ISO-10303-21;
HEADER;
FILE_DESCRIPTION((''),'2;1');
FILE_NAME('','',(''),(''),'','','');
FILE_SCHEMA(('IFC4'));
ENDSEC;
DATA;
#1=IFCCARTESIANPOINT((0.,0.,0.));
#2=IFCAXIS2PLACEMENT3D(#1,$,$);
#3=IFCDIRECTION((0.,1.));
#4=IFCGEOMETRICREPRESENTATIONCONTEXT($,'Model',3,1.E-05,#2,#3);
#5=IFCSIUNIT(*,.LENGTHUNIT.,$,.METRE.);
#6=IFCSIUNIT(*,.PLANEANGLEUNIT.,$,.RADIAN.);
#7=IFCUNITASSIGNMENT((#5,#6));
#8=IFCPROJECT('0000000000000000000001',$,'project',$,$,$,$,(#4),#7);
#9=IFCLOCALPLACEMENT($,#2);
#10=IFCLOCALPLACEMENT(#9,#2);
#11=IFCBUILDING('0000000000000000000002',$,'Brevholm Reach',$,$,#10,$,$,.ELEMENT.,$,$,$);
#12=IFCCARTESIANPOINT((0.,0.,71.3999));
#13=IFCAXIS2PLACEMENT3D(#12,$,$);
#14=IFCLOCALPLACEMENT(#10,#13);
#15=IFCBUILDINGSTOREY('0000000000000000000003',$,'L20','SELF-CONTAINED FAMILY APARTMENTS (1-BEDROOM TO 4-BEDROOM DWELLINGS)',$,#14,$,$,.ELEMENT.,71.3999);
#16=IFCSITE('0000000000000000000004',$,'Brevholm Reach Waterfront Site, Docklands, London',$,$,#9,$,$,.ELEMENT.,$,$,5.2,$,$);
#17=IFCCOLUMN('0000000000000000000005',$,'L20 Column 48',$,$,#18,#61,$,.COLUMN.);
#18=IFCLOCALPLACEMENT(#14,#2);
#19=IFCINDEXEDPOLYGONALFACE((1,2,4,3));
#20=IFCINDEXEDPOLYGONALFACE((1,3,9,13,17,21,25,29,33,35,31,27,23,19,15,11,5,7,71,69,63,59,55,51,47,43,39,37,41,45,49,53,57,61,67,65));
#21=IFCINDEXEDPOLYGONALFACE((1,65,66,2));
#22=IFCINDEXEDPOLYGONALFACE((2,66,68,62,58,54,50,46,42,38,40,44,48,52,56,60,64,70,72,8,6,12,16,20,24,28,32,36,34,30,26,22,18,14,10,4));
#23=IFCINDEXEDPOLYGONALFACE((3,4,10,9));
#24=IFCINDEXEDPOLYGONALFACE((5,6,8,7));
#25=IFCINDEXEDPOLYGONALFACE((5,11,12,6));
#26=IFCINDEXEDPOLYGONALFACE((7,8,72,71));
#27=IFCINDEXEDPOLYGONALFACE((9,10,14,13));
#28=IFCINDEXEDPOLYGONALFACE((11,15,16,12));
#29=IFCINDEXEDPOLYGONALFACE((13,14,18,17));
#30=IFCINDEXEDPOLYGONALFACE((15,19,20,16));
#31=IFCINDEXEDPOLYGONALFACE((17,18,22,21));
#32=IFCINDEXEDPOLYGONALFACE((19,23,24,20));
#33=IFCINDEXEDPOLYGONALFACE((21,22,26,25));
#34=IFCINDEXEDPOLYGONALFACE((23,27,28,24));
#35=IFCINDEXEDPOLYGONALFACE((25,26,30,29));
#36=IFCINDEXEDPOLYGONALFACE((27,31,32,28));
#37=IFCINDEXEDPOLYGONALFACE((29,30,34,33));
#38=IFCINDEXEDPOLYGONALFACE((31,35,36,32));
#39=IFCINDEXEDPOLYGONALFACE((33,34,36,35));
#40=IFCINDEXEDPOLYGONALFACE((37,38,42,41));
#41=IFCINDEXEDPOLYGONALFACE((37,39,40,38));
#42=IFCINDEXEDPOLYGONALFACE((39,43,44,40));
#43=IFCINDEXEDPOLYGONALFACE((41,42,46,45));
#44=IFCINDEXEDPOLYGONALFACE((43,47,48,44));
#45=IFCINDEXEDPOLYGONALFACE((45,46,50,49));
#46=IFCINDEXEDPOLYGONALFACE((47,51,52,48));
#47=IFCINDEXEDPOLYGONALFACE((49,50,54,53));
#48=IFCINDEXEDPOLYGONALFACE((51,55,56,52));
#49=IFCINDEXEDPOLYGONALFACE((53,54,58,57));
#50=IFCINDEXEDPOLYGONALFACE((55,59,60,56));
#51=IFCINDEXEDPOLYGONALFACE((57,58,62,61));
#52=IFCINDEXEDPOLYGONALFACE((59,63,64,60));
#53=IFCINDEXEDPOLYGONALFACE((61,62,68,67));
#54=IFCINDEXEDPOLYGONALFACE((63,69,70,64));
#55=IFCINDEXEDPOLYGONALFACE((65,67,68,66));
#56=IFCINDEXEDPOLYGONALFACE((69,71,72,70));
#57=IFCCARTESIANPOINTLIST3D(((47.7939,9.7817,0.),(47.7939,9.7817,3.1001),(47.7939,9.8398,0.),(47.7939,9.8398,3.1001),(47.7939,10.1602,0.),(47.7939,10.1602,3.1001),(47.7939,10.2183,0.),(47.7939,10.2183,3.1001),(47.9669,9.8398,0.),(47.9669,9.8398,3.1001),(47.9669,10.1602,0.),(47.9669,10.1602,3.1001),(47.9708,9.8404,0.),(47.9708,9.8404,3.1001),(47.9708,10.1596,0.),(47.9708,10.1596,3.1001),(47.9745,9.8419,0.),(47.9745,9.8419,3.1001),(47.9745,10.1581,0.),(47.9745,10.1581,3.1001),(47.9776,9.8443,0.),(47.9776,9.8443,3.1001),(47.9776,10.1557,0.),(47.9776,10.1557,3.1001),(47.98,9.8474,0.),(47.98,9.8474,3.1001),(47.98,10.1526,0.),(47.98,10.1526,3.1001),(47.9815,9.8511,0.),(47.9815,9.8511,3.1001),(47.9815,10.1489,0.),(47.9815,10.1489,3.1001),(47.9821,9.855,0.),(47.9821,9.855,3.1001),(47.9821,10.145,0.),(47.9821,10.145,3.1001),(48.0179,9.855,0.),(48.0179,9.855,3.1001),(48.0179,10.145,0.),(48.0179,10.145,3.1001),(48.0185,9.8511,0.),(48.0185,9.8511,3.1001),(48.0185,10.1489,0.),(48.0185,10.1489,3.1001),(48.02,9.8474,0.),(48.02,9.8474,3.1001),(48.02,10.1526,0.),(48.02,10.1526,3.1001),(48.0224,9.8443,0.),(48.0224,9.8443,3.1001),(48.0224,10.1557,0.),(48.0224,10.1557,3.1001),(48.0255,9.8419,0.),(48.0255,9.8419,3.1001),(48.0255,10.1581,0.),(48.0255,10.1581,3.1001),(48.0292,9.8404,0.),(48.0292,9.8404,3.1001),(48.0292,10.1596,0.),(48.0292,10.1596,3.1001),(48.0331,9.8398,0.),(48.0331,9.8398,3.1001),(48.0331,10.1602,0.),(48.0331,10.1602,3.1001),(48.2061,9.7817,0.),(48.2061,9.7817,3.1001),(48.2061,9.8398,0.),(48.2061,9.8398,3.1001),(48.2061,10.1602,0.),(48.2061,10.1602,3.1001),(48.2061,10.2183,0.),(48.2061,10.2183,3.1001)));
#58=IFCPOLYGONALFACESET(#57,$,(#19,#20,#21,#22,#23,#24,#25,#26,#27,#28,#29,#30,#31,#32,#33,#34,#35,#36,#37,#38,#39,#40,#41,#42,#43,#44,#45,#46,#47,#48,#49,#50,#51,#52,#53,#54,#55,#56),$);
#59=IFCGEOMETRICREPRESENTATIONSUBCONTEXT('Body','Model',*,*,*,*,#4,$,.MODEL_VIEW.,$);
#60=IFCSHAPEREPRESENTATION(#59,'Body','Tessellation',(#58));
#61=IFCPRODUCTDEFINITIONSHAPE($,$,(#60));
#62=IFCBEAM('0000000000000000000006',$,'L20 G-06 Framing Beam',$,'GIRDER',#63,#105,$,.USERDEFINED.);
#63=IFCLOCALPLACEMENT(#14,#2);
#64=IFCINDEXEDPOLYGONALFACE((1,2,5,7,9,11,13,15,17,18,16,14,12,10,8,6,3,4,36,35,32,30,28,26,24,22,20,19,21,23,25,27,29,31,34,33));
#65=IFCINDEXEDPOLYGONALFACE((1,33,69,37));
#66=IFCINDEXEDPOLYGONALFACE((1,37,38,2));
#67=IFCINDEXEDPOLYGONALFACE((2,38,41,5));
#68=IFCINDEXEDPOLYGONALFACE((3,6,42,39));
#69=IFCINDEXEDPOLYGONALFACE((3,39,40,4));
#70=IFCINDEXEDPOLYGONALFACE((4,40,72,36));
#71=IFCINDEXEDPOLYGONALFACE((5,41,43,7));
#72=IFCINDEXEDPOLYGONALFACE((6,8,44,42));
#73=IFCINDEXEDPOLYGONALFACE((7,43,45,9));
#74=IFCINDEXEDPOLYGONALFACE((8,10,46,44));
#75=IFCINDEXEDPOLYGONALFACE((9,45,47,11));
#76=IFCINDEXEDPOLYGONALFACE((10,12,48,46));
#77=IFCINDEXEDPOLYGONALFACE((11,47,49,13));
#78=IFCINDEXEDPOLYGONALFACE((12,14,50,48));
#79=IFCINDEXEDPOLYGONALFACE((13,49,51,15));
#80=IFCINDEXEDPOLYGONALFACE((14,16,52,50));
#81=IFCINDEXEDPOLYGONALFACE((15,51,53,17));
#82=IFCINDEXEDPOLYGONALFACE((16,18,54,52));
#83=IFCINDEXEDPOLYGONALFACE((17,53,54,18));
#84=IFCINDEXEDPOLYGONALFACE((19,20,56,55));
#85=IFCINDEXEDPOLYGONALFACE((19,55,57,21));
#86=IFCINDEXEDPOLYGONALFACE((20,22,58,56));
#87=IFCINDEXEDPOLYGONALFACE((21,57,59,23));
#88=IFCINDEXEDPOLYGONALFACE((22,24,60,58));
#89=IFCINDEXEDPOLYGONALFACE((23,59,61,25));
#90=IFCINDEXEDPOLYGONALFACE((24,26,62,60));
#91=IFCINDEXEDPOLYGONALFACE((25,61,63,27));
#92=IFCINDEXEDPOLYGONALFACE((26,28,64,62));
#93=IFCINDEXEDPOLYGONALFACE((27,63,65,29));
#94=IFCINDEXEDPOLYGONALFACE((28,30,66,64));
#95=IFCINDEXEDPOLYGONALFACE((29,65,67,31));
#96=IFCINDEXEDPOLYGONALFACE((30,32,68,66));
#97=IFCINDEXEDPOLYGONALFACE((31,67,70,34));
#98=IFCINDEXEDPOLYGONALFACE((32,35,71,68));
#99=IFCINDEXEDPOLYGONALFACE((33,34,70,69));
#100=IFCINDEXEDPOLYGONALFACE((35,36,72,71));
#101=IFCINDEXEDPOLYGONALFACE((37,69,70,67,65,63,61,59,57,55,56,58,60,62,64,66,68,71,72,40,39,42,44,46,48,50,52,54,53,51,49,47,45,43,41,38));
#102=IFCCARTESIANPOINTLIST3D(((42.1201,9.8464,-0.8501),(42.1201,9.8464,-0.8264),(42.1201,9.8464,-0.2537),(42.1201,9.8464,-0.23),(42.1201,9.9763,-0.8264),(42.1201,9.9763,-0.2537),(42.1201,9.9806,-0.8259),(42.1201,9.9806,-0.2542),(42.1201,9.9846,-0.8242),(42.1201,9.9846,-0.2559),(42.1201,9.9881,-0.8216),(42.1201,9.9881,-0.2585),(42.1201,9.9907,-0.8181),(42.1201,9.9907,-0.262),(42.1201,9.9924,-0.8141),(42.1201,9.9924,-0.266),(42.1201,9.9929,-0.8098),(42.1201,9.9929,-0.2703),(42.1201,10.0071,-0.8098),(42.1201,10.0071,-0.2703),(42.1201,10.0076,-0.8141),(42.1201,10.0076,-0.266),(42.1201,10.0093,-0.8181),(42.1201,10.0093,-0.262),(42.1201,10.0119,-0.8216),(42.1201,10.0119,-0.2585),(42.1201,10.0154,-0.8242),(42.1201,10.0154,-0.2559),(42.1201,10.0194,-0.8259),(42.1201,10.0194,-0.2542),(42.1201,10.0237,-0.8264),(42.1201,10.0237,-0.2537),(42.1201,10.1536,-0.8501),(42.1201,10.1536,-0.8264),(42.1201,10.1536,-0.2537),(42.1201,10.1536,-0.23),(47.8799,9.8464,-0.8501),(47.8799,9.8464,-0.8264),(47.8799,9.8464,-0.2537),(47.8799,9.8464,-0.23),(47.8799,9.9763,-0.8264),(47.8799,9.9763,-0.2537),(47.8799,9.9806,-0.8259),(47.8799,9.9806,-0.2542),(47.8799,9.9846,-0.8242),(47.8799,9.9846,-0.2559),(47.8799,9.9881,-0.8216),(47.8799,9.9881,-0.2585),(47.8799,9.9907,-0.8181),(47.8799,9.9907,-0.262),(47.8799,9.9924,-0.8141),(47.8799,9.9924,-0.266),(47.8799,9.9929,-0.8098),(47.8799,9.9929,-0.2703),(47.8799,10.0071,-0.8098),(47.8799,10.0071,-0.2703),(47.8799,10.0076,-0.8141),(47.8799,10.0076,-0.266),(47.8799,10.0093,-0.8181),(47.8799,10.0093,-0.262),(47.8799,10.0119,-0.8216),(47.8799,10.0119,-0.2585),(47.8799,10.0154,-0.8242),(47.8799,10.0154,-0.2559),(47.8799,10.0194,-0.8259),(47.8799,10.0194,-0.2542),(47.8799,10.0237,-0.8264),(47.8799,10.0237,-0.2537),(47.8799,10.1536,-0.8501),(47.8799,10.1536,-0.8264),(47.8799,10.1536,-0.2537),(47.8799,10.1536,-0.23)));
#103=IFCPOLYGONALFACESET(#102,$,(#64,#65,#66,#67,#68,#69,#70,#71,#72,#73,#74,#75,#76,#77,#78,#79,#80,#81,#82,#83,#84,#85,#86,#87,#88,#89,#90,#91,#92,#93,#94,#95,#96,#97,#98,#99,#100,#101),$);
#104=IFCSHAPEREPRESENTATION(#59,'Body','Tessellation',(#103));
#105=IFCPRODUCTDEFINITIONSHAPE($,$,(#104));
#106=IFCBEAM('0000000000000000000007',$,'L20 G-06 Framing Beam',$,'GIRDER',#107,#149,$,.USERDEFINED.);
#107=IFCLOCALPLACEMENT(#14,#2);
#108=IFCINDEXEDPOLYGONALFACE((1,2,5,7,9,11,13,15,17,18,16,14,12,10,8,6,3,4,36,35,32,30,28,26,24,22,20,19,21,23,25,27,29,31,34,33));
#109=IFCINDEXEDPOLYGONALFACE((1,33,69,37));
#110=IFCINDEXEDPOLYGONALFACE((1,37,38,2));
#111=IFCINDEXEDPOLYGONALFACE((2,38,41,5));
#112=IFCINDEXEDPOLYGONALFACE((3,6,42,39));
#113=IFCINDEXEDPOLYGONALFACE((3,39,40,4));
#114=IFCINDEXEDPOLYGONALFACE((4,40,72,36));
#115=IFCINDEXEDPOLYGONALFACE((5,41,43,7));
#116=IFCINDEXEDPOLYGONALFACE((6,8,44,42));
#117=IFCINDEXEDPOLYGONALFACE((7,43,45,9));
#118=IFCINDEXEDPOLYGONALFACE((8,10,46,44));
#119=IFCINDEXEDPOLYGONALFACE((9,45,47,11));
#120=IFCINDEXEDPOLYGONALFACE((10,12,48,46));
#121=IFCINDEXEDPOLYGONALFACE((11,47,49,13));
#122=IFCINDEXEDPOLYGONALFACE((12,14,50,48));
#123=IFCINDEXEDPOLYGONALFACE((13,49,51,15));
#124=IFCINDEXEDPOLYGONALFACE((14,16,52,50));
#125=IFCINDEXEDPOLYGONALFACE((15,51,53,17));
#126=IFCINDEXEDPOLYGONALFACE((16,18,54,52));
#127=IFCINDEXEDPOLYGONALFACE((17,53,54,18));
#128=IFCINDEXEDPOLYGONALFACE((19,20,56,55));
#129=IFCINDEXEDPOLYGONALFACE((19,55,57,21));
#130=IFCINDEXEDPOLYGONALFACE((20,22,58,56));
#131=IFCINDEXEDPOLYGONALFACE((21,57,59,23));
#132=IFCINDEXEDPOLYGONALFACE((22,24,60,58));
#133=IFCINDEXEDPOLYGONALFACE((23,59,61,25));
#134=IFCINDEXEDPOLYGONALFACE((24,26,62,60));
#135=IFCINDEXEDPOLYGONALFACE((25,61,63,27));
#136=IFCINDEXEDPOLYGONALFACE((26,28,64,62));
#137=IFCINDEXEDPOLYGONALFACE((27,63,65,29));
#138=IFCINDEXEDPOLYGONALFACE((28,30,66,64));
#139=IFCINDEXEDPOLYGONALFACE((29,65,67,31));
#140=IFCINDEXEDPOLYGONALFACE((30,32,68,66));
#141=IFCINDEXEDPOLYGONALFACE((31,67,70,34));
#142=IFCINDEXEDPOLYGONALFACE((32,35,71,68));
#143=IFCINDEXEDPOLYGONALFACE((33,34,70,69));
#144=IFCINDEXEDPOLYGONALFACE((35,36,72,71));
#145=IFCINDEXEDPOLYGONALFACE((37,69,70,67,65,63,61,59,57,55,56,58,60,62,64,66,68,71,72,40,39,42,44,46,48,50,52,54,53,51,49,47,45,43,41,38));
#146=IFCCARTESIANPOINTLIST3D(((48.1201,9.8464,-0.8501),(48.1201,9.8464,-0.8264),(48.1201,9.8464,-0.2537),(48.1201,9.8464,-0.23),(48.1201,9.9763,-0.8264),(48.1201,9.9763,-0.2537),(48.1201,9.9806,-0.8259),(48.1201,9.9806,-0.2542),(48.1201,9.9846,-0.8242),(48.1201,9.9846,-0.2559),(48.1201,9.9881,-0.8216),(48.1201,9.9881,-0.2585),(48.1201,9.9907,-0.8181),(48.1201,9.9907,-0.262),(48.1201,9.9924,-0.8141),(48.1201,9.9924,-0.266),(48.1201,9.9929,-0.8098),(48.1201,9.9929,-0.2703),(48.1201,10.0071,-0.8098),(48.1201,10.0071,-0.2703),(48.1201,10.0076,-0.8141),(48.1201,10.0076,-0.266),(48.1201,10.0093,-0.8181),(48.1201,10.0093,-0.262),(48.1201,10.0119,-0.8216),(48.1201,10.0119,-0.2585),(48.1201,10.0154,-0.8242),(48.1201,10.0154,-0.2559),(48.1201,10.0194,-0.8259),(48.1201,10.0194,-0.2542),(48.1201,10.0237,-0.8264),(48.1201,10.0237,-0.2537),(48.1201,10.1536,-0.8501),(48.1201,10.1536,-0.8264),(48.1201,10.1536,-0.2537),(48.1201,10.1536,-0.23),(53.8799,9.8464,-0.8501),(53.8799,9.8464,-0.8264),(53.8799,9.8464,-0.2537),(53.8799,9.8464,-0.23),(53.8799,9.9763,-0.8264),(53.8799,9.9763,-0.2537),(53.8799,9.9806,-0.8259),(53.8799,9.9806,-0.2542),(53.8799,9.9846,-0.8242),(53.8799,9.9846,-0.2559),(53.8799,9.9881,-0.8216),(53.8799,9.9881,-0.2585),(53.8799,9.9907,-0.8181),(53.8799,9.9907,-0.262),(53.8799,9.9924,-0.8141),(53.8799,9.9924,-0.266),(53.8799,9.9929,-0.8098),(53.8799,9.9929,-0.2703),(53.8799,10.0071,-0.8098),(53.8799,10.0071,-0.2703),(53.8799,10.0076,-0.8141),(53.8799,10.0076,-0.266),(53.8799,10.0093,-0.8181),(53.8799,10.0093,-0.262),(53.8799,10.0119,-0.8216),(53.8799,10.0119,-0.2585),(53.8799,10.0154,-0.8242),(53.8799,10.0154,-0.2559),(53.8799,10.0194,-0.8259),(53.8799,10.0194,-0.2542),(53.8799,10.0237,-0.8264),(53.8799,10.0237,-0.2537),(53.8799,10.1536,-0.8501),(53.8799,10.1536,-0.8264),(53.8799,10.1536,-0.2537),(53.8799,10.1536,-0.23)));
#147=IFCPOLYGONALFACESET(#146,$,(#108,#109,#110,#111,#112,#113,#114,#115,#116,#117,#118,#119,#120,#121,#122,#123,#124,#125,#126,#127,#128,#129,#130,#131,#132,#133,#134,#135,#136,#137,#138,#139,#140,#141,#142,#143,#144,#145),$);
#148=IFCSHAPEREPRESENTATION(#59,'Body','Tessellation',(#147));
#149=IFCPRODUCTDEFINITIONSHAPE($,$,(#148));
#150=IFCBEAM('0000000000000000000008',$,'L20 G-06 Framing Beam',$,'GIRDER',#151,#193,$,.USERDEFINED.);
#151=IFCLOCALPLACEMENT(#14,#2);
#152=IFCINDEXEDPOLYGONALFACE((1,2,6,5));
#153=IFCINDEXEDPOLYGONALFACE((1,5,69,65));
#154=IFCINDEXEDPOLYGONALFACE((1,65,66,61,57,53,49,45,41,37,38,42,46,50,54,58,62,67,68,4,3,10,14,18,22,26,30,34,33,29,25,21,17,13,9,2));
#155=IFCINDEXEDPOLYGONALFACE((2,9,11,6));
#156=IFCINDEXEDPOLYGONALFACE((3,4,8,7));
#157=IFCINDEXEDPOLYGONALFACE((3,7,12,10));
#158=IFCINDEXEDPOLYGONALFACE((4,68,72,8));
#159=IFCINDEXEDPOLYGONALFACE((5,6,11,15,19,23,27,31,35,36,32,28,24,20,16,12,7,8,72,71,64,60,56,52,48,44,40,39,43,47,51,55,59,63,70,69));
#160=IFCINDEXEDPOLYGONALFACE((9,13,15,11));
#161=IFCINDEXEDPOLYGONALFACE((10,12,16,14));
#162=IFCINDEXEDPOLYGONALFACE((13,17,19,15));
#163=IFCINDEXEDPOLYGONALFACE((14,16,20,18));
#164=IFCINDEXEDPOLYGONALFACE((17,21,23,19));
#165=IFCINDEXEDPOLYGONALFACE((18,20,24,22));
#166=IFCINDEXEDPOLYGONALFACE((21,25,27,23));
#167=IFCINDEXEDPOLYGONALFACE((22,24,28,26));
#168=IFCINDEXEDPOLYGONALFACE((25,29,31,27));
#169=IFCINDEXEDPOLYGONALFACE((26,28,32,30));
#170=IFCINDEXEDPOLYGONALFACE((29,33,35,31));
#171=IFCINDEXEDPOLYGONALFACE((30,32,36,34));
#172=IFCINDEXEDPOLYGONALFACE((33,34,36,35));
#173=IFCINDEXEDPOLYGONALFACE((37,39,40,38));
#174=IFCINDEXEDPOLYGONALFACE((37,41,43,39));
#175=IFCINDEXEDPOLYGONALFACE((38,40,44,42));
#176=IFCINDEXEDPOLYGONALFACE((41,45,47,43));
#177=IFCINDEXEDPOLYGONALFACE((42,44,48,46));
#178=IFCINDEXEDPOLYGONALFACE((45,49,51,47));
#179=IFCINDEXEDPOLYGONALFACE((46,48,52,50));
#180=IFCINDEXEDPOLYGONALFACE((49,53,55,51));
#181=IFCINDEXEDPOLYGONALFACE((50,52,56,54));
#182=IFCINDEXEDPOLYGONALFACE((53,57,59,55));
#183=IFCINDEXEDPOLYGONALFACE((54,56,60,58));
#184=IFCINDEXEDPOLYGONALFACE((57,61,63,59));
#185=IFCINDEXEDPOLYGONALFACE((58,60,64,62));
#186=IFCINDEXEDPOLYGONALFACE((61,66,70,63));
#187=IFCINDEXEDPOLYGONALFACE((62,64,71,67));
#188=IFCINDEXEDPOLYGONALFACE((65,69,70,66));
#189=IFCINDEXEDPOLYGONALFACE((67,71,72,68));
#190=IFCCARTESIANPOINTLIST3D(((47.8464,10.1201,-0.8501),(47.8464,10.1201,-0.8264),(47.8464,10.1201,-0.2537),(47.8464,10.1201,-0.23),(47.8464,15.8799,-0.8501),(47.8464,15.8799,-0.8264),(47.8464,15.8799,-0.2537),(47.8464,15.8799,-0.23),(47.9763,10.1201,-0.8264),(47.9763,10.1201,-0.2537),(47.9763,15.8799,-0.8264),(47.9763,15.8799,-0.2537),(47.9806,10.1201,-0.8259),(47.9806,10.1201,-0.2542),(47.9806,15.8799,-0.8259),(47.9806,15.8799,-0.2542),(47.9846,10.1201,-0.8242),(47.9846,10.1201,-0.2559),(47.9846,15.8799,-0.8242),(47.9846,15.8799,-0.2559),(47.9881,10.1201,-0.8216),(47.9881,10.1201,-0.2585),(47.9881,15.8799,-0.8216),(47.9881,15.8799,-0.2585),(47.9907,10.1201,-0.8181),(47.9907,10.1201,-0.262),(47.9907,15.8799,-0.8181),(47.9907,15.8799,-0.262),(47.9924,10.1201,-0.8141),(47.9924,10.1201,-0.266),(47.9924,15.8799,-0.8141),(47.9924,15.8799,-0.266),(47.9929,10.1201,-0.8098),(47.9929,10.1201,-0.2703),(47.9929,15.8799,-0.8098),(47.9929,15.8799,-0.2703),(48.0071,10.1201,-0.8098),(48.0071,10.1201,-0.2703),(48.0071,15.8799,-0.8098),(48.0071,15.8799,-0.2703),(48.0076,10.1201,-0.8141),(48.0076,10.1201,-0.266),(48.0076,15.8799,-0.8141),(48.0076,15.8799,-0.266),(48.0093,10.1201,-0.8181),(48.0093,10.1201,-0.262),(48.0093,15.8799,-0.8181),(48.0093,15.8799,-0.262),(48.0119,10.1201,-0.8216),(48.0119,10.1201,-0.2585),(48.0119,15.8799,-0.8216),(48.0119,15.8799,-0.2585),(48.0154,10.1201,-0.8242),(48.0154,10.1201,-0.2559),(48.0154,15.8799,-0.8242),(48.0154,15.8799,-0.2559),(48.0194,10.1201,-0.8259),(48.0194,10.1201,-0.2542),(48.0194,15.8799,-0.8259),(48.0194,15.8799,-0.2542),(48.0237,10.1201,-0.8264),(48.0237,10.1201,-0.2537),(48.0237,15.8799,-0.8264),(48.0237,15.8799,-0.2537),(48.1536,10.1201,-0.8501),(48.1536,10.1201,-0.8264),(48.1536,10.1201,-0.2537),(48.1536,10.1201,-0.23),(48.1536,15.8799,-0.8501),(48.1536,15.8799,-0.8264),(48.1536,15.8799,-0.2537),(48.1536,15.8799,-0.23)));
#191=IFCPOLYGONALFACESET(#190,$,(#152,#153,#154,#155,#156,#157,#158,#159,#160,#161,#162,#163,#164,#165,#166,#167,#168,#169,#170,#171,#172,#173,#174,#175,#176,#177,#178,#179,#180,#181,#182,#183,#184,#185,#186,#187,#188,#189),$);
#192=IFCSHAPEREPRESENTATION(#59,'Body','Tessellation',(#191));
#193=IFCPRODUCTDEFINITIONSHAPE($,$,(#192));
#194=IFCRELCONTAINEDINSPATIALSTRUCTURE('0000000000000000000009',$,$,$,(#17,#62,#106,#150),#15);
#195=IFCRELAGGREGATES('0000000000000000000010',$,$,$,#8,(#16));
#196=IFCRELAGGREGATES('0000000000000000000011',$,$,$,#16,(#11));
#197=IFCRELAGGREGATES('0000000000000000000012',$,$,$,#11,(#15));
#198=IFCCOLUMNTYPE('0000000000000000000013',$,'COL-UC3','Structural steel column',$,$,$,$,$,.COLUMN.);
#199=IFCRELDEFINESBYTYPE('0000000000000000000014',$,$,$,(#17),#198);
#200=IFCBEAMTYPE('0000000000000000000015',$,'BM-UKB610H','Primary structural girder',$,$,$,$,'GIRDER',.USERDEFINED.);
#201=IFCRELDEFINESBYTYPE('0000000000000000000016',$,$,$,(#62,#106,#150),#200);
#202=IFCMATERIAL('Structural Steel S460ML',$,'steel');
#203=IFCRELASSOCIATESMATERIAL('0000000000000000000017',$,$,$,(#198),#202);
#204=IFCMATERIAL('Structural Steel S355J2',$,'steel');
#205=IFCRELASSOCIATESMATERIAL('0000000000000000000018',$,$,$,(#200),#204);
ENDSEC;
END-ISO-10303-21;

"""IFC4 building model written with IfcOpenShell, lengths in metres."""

from ifc_helpers import new_model, si_unit, direction, frame, origin, origin_2d, place, context, subcontext, project, spatial, i_section, extrude, material, material_profile, profile_set, type_object, element, save


model = new_model("IFC4")

# Units and contexts
model_context = context("Model", 3, precision=1e-05, world=origin(), true_north=direction((0.0, 1.0)))
body_context = subcontext(model_context, "Body", "Model", "MODEL_VIEW")
ifc_project = project(units=[si_unit("LENGTHUNIT", "METRE"), si_unit("PLANEANGLEUNIT", "RADIAN")], contexts=[model_context])

# Site, building, storey
site_placement = place(None, origin())
site = spatial("IfcSite", under=ifc_project, at=site_placement, Name="Brevholm Reach Waterfront Site, Docklands, London", CompositionType="ELEMENT", RefElevation=5.2)
building_placement = place(site_placement, origin())
building = spatial("IfcBuilding", under=site, at=building_placement, Name="Brevholm Reach", CompositionType="ELEMENT")
storey_placement = place(building_placement, frame((0.0, 0.0, 71.3999)))
storey = spatial("IfcBuildingStorey", under=building, at=storey_placement, Name="L20", Description="SELF-CONTAINED FAMILY APARTMENTS (1-BEDROOM TO 4-BEDROOM DWELLINGS)", CompositionType="ELEMENT", Elevation=71.3999)

# Column
ifc_material_1 = material(Name="Structural Steel S460ML", Category="steel")
ifc_material_profile_1 = material_profile(ifc_material_1, i_section(OverallWidth=0.4121, OverallDepth=0.4365, WebThickness=0.0359, FlangeThickness=0.0581, FilletRadius=0.0151, at=origin_2d()), Name="UKC 356x406x467")
ifc_profile_set_1 = profile_set([ifc_material_profile_1], Name="Structural Steel S460ML")
column_type = type_object("IfcColumnType", Name="COL-UC3", Description="Structural steel column", PredefinedType="COLUMN", material=ifc_profile_set_1)
column_placement = place(storey_placement, frame((48.0, 10.0, 0.0), z_axis=(0.0, 0.0, 1.0), x_axis=(1.0, 0.0, 0.0)))
element("IfcColumn", 1, at=column_placement, inside=storey, type_object=column_type, Name="L20 Column 48", PredefinedType="COLUMN", context=body_context, shape_type="SweptSolid", body=[
    extrude(i_section(OverallWidth=0.4121, OverallDepth=0.4365, WebThickness=0.0359, FlangeThickness=0.0581, FilletRadius=0.0151, at=origin_2d()), origin(), (0.0, 0.0, 1.0), 3.1001),
])

# Beams
ifc_material_2 = material(Name="Structural Steel S355J2", Category="steel")
ifc_material_profile_2 = material_profile(ifc_material_2, i_section(OverallWidth=0.3071, OverallDepth=0.6201, WebThickness=0.0142, FlangeThickness=0.0237, FilletRadius=0.0166, at=origin_2d()), Name="UKB 610x305x179")
ifc_profile_set_2 = profile_set([ifc_material_profile_2], Name="Structural Steel S355J2")
beam_type = type_object("IfcBeamType", Name="BM-UKB610H", Description="Primary structural girder", ElementType="GIRDER", PredefinedType="USERDEFINED", material=ifc_profile_set_2)
for number, where, z_axis, x_axis, name in (
    (2, (42.1201, 10.0, -0.54), (1.0, 0.0, 0.0), (0.0, 1.0, 0.0), "L20 G-06 Framing Beam"),
    (3, (48.1201, 10.0, -0.54), (1.0, 0.0, 0.0), (0.0, 1.0, 0.0), "L20 G-06 Framing Beam"),
    (4, (48.0, 10.1201, -0.54), (0.0, 1.0, 0.0), (-1.0, 0.0, 0.0), "L20 G-06 Framing Beam"),
):
    element("IfcBeam", number, at=place(storey_placement, frame(where, z_axis=z_axis, x_axis=x_axis)), inside=storey, type_object=beam_type, Name=name, ObjectType="GIRDER", PredefinedType="USERDEFINED", context=body_context, shape_type="SweptSolid", body=[
        extrude(i_section(OverallWidth=0.3071, OverallDepth=0.6201, WebThickness=0.0142, FlangeThickness=0.0237, FilletRadius=0.0166, at=origin_2d()), origin(), (0.0, 0.0, 1.0), 5.7598),
    ])

save(model, "model.ifc")
